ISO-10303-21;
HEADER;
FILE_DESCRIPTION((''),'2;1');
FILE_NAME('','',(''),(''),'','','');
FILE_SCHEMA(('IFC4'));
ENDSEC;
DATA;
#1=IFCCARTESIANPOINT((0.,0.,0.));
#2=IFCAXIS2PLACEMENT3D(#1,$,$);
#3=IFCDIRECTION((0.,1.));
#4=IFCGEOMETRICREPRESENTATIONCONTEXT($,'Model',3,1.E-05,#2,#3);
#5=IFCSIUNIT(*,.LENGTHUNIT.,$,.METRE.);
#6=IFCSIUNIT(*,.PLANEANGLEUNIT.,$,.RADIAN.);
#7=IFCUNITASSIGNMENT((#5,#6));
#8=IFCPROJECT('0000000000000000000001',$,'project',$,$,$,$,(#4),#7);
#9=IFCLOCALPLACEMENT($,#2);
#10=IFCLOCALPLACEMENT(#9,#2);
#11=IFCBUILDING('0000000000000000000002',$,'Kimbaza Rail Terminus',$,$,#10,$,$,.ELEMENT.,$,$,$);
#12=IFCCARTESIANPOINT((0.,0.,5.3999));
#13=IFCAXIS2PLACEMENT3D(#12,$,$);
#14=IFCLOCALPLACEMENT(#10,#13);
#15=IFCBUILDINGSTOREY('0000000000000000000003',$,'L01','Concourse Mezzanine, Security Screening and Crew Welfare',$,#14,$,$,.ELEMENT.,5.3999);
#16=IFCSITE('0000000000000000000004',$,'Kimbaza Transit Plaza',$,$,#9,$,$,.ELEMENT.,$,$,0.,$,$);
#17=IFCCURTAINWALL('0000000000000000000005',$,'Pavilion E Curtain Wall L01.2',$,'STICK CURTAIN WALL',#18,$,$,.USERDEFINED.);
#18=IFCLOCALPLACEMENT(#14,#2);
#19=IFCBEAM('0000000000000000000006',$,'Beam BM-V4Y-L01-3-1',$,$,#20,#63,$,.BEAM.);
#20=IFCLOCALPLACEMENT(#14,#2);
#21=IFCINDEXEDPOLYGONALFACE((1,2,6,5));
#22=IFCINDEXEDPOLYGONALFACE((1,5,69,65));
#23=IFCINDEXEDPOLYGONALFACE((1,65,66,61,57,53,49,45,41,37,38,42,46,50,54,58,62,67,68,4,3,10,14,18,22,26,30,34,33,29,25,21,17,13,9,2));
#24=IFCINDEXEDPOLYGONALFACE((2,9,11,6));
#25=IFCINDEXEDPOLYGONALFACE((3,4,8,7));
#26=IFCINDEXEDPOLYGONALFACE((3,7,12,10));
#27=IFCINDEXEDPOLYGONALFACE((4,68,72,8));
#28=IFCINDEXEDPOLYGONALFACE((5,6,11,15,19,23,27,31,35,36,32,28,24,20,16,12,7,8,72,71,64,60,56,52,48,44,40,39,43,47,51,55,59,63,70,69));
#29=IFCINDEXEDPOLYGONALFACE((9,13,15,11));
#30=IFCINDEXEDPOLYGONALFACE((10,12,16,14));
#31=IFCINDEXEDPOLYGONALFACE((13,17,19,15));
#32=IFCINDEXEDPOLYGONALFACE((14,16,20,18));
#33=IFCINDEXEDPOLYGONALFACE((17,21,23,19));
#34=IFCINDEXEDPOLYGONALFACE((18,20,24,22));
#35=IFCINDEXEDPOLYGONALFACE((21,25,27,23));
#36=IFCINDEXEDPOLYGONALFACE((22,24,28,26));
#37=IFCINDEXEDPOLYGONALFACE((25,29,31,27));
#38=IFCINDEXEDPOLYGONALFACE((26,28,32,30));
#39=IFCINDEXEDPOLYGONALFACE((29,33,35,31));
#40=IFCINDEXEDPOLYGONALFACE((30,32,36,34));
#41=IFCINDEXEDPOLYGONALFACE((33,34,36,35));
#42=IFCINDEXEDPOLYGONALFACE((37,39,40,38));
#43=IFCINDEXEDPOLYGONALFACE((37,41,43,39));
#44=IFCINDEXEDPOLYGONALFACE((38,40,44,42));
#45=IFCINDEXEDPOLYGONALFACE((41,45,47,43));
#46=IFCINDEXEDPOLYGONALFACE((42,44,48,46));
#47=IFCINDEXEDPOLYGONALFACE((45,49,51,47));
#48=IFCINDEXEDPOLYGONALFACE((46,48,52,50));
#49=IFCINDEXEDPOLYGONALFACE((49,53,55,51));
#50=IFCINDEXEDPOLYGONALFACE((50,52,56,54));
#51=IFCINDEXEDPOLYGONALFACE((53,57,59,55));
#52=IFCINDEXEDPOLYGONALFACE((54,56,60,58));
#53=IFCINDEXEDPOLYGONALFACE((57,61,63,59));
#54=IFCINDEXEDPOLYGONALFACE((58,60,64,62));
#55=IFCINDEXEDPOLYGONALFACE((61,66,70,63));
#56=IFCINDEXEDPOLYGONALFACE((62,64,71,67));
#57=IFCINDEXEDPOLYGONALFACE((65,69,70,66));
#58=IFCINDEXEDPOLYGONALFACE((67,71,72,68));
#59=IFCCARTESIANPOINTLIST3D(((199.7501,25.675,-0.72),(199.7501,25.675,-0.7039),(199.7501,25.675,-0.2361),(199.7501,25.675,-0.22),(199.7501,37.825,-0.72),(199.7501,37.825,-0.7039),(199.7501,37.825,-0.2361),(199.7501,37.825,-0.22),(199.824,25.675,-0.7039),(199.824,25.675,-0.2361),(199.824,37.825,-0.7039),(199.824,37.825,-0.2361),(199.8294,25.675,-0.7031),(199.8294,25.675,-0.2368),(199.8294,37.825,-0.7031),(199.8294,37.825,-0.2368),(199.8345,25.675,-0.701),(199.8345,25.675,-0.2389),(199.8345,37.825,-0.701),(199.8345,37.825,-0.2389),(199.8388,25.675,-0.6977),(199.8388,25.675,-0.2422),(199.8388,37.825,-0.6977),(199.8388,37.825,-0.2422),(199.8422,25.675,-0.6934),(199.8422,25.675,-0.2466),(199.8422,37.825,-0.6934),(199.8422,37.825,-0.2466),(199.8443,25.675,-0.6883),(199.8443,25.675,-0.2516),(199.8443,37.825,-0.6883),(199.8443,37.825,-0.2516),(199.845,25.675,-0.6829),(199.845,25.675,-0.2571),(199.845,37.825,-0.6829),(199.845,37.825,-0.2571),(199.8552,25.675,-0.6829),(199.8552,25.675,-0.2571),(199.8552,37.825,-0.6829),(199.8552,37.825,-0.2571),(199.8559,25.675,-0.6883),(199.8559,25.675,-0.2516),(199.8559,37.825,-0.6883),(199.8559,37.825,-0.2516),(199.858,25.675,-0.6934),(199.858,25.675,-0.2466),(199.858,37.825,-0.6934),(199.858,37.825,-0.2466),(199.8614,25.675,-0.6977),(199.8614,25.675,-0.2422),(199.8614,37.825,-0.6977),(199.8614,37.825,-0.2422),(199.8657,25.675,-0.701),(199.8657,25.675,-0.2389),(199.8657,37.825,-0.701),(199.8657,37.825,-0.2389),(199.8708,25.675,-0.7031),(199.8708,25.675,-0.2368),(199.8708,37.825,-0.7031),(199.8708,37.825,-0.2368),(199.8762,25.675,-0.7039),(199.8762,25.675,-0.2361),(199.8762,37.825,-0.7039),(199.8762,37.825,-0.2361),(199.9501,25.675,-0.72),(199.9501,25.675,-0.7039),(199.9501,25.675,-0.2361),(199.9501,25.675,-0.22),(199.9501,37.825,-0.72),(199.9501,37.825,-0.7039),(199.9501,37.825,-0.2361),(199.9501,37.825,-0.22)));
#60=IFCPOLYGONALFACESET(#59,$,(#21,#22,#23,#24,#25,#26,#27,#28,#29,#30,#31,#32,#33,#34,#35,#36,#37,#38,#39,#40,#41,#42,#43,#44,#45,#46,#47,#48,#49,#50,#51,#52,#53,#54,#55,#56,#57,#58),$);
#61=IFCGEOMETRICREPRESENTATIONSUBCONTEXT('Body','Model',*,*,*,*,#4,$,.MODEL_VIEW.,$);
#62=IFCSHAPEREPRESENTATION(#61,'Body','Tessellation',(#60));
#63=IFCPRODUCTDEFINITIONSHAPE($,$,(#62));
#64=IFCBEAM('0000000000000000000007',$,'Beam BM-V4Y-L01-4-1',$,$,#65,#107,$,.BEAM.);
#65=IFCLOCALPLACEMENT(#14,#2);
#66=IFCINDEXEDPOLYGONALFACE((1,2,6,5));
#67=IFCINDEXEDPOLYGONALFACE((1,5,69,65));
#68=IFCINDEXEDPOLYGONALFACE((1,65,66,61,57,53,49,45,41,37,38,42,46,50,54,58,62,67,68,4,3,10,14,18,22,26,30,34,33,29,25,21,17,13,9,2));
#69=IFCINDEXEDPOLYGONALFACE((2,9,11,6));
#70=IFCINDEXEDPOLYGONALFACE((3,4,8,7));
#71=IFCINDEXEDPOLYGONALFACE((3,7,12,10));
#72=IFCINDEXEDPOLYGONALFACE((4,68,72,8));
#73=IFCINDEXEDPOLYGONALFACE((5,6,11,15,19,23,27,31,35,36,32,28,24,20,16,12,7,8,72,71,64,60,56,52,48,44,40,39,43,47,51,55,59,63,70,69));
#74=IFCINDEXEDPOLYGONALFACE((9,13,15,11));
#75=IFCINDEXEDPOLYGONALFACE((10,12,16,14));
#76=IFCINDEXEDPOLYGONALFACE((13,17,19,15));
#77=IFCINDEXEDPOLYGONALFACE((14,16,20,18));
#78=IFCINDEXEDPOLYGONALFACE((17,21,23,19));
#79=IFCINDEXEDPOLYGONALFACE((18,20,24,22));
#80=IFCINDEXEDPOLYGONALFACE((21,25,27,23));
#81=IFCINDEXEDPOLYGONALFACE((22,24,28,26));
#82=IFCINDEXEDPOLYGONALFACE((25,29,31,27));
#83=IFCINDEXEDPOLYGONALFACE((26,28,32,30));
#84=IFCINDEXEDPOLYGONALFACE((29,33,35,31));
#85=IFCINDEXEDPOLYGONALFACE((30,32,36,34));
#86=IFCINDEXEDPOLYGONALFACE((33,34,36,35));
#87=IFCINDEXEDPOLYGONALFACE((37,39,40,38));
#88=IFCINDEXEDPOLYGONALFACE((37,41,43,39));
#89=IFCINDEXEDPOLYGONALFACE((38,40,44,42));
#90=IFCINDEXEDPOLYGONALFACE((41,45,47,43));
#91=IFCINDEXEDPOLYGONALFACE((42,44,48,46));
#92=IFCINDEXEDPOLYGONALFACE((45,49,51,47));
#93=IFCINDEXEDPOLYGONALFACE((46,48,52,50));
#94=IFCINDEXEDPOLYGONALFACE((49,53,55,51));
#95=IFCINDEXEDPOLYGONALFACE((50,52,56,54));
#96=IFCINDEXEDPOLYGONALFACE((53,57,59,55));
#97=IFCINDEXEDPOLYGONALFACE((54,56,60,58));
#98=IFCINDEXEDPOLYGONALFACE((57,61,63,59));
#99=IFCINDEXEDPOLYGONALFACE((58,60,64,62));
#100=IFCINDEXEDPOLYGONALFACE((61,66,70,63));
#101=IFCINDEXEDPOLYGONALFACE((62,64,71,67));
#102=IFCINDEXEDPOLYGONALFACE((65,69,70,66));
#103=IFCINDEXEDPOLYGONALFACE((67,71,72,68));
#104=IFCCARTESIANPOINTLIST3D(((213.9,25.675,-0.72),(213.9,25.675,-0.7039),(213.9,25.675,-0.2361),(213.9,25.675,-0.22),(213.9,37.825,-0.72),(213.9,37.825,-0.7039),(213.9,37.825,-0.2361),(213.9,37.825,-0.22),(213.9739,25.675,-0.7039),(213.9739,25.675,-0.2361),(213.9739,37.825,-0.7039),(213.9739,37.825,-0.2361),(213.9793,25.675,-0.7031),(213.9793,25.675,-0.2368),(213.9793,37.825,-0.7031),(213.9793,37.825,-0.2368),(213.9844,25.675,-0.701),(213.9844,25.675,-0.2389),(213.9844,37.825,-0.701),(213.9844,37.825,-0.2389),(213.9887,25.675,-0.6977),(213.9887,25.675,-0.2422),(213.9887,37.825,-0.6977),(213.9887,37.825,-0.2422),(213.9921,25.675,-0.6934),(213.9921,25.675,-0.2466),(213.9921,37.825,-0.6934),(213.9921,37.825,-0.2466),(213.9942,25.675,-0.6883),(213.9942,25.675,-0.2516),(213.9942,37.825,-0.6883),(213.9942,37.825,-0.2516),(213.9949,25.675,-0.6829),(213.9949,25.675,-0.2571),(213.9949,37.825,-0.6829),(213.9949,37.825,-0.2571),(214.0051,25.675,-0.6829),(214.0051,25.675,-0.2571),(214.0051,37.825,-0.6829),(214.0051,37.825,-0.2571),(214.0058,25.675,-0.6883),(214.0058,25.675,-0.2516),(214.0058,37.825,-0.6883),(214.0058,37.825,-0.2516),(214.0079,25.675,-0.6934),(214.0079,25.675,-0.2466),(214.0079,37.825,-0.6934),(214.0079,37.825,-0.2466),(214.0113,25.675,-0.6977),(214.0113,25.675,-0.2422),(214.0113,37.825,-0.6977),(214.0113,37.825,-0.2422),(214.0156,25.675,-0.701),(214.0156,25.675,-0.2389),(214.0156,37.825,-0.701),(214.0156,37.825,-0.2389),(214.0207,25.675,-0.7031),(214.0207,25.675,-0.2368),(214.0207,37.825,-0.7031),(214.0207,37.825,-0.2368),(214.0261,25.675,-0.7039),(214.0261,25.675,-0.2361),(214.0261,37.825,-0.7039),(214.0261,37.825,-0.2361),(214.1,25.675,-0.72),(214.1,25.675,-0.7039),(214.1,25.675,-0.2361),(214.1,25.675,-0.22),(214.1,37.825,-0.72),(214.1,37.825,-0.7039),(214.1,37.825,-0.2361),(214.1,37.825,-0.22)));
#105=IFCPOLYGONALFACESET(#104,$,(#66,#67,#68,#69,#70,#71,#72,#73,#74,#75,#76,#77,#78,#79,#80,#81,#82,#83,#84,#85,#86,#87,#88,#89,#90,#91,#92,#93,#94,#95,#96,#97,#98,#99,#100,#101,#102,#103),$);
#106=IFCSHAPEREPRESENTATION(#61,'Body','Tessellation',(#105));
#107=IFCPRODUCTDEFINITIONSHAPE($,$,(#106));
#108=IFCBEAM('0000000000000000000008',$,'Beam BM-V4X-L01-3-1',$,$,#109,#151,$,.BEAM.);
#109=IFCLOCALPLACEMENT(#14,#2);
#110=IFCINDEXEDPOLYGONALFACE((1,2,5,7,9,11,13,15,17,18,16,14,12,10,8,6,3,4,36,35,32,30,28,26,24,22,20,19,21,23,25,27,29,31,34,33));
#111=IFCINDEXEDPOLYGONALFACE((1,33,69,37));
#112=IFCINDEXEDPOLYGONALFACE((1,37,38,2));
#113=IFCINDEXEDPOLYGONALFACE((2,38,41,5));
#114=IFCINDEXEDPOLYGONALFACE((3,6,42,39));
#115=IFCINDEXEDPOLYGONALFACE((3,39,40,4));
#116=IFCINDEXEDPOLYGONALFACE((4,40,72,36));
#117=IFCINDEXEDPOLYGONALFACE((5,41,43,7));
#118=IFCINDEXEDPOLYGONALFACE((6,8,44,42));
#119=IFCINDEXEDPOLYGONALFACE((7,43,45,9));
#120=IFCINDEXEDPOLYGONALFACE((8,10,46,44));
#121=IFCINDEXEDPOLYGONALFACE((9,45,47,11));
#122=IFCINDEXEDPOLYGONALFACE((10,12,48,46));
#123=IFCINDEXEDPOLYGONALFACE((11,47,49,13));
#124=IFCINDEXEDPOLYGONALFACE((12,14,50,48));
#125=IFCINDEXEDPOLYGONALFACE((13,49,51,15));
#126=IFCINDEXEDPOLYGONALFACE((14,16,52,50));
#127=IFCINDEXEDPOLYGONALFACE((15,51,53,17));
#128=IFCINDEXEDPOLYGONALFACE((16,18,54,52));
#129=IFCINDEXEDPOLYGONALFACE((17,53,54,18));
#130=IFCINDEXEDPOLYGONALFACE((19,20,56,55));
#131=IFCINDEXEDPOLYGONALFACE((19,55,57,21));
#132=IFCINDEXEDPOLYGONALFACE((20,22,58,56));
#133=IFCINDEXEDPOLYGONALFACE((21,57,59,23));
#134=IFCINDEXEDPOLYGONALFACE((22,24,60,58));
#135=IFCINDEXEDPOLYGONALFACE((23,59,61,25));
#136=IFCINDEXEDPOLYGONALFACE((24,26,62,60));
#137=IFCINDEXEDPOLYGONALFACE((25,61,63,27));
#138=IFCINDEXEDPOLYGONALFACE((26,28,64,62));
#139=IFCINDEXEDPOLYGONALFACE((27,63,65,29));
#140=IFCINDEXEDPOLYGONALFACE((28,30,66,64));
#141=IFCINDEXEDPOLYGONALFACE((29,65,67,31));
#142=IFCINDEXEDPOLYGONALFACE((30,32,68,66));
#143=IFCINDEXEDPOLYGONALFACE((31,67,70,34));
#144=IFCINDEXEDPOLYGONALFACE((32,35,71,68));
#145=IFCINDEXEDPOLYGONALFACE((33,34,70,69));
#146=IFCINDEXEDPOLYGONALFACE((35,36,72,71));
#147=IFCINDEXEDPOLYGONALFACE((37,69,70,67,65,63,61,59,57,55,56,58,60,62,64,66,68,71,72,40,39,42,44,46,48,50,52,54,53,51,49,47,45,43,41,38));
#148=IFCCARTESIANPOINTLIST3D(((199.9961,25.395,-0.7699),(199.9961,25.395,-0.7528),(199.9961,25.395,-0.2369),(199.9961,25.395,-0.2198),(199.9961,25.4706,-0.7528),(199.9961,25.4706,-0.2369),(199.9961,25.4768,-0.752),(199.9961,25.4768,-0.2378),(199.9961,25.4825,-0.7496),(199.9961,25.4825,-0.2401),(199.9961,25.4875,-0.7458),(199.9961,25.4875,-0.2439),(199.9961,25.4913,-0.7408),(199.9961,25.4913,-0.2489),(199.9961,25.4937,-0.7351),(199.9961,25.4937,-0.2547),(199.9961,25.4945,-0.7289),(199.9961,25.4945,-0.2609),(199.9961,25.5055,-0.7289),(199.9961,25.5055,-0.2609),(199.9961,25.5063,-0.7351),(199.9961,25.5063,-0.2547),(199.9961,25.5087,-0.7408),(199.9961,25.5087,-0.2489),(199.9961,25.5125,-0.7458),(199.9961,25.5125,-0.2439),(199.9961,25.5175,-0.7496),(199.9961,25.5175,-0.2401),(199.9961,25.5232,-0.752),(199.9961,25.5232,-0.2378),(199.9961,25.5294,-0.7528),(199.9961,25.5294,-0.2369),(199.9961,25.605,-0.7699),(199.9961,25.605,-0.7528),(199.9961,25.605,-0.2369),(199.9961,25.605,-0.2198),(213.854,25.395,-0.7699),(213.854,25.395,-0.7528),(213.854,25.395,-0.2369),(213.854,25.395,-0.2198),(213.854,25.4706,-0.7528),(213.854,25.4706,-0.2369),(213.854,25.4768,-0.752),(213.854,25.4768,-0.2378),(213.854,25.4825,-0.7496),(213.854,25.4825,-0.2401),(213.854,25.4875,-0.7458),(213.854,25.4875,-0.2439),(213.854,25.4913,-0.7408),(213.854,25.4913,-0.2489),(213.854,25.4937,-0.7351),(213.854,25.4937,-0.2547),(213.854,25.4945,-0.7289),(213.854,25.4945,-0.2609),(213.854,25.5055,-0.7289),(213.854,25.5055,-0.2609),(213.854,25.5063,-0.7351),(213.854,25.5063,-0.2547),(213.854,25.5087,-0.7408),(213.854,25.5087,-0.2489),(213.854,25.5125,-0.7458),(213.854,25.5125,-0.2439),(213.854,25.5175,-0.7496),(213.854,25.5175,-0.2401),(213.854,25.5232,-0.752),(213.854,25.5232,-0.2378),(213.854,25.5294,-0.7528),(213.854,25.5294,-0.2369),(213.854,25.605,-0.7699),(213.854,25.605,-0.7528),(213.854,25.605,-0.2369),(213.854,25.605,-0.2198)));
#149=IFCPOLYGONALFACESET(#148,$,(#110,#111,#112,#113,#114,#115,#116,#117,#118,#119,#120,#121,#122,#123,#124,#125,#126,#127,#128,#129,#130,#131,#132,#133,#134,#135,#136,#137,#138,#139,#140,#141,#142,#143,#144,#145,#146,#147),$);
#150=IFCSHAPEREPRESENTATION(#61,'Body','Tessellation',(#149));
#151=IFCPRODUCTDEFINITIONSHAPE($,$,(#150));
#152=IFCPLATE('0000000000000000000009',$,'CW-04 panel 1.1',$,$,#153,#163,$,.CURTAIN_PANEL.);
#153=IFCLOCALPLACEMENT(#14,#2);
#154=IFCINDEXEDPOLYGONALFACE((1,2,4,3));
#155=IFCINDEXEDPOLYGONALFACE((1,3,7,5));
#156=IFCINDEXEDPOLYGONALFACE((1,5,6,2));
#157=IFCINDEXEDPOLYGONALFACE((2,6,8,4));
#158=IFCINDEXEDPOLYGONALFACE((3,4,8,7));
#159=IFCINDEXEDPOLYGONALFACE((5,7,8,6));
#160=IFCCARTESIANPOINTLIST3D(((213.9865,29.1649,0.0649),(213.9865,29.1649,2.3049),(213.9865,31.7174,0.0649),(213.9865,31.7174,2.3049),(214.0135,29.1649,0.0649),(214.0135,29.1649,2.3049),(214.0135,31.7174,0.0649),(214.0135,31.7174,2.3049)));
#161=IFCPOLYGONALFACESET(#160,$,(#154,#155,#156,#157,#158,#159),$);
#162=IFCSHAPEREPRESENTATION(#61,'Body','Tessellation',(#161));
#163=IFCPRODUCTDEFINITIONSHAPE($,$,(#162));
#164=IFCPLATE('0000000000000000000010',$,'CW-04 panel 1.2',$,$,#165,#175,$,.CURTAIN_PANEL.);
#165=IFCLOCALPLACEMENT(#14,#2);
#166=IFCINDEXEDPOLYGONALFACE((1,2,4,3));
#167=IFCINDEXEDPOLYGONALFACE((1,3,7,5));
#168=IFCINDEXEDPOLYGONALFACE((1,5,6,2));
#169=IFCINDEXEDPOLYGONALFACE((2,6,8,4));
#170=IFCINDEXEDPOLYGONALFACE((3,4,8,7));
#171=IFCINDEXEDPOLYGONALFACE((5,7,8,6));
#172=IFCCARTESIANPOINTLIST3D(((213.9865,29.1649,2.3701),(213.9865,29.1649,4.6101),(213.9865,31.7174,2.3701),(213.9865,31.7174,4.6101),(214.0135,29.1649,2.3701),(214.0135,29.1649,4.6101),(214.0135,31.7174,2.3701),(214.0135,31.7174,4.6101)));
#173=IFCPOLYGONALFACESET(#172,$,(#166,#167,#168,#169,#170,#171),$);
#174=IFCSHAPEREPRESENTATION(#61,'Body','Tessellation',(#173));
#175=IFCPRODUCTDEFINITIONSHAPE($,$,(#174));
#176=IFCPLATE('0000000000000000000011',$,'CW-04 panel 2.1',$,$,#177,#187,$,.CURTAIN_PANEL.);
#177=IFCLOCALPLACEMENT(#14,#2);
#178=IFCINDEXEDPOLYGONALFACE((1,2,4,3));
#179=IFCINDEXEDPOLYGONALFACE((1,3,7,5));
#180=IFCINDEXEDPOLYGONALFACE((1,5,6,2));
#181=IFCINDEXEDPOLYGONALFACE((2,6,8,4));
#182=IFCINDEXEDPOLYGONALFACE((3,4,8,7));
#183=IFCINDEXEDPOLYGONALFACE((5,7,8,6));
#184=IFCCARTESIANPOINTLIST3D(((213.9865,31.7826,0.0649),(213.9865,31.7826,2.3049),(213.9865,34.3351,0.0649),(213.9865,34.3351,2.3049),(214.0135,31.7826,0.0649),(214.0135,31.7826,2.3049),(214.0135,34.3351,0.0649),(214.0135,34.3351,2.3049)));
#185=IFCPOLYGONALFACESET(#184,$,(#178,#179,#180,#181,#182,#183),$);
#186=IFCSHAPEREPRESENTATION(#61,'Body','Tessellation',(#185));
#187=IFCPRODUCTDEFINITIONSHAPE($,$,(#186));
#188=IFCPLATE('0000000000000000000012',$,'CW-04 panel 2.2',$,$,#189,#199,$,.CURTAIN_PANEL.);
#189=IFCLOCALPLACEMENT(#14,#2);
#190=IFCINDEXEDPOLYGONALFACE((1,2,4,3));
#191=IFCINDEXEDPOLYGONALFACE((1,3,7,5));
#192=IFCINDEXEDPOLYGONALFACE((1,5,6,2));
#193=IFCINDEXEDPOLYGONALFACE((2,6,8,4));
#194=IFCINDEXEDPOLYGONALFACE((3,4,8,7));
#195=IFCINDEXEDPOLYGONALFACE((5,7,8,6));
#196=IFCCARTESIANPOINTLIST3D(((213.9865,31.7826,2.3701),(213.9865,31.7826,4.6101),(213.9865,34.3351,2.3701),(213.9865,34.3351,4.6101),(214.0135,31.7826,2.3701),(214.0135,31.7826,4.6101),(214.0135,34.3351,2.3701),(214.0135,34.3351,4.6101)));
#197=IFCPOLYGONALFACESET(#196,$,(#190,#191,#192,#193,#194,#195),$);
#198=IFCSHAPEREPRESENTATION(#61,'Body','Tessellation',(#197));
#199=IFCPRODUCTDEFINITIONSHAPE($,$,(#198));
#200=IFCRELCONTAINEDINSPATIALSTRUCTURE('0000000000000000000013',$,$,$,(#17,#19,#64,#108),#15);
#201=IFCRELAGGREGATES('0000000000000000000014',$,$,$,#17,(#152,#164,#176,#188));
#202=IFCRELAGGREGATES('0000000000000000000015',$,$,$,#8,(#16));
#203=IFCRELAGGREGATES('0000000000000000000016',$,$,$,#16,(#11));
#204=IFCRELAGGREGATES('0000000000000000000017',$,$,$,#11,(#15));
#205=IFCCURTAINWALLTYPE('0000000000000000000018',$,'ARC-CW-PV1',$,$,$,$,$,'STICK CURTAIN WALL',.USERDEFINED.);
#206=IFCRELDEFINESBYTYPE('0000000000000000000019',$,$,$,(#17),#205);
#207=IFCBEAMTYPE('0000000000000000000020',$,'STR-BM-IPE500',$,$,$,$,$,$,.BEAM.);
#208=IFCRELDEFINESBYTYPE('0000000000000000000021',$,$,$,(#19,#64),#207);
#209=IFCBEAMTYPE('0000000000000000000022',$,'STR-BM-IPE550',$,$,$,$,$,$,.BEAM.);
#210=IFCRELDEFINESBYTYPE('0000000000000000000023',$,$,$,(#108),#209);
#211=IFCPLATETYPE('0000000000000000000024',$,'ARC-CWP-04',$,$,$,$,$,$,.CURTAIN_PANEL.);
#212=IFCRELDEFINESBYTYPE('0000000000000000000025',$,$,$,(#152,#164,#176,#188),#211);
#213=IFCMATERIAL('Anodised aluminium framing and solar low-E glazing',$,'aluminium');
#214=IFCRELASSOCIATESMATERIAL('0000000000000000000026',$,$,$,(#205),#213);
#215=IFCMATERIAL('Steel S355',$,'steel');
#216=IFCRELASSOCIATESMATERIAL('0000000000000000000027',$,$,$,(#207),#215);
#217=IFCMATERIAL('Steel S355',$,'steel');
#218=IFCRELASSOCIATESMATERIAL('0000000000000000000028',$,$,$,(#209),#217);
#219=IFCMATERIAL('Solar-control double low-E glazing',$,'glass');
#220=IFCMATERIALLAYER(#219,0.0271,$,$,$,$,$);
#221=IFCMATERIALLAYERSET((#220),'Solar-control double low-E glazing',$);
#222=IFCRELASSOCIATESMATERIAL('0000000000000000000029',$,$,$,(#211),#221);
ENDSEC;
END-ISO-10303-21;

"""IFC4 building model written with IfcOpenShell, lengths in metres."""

from ifc_helpers import new_model, si_unit, direction, frame, origin, origin_2d, place, context, subcontext, project, spatial, rectangle, i_section, extrude, material, layer, layer_set, material_profile, profile_set, type_object, element, aggregate, save


model = new_model("IFC4")

# Units and contexts
model_context = context("Model", 3, precision=1e-05, world=origin(), true_north=direction((0.0, 1.0)))
body_context = subcontext(model_context, "Body", "Model", "MODEL_VIEW")
ifc_project = project(units=[si_unit("LENGTHUNIT", "METRE"), si_unit("PLANEANGLEUNIT", "RADIAN")], contexts=[model_context])

# Site, building, storey
site_placement = place(None, origin())
site = spatial("IfcSite", under=ifc_project, at=site_placement, Name="Kimbaza Transit Plaza", CompositionType="ELEMENT", RefElevation=0.0)
building_placement = place(site_placement, origin())
building = spatial("IfcBuilding", under=site, at=building_placement, Name="Kimbaza Rail Terminus", CompositionType="ELEMENT")
storey_placement = place(building_placement, frame((0.0, 0.0, 5.3999)))
storey = spatial("IfcBuildingStorey", under=building, at=storey_placement, Name="L01", Description="Concourse Mezzanine, Security Screening and Crew Welfare", CompositionType="ELEMENT", Elevation=5.3999)

# Shared definitions
ifc_material_1 = material(Name="Anodised aluminium framing and solar low-E glazing", Category="aluminium")
curtain_wall_type = type_object("IfcCurtainWallType", Name="ARC-CW-PV1", ElementType="STICK CURTAIN WALL", PredefinedType="USERDEFINED", material=ifc_material_1)

# Curtain wall
curtain_wall_1_placement = place(storey_placement, origin())
curtain_wall_1 = element("IfcCurtainWall", 1, at=curtain_wall_1_placement, inside=storey, type_object=curtain_wall_type, Name="Pavilion E Curtain Wall L01.2", ObjectType="STICK CURTAIN WALL", PredefinedType="USERDEFINED")

# Beams
ifc_material_2 = material(Name="Steel S355", Category="steel")
ifc_material_profile_1 = material_profile(ifc_material_2, i_section(OverallWidth=0.2, OverallDepth=0.5, WebThickness=0.0103, FlangeThickness=0.0161, FilletRadius=0.021, at=origin_2d()), Name="IPE 500")
ifc_profile_set_1 = profile_set([ifc_material_profile_1], Name="Steel S355")
beam_type_1 = type_object("IfcBeamType", Name="STR-BM-IPE500", PredefinedType="BEAM", material=ifc_profile_set_1)
for number, where, z_axis, x_axis, name in (
    (2, (199.8501, 25.675, -0.47), (0.0, 1.0, 0.0), (-1.0, 0.0, 0.0), "Beam BM-V4Y-L01-3-1"),
    (3, (214.0, 25.675, -0.47), (0.0, 1.0, 0.0), (-1.0, 0.0, 0.0), "Beam BM-V4Y-L01-4-1"),
):
    element("IfcBeam", number, at=place(storey_placement, frame(where, z_axis=z_axis, x_axis=x_axis)), inside=storey, type_object=beam_type_1, Name=name, PredefinedType="BEAM", context=body_context, shape_type="SweptSolid", body=[
        extrude(i_section(OverallWidth=0.2, OverallDepth=0.5, WebThickness=0.0103, FlangeThickness=0.0161, FilletRadius=0.021, at=origin_2d()), origin(), (0.0, 0.0, 1.0), 12.1499),
    ])
ifc_material_3 = material(Name="Steel S355", Category="steel")
ifc_material_profile_2 = material_profile(ifc_material_3, i_section(OverallWidth=0.21, OverallDepth=0.55, WebThickness=0.011, FlangeThickness=0.0171, FilletRadius=0.0239, at=origin_2d()), Name="IPE 550")
ifc_profile_set_2 = profile_set([ifc_material_profile_2], Name="Steel S355")
beam_type_2 = type_object("IfcBeamType", Name="STR-BM-IPE550", PredefinedType="BEAM", material=ifc_profile_set_2)
beam_placement = place(storey_placement, frame((199.9961, 25.5, -0.4949), z_axis=(1.0, 0.0, 0.0), x_axis=(0.0, 1.0, 0.0)))
element("IfcBeam", 4, at=beam_placement, inside=storey, type_object=beam_type_2, Name="Beam BM-V4X-L01-3-1", PredefinedType="BEAM", context=body_context, shape_type="SweptSolid", body=[
    extrude(i_section(OverallWidth=0.21, OverallDepth=0.55, WebThickness=0.011, FlangeThickness=0.0171, FilletRadius=0.0239, at=origin_2d()), origin(), (0.0, 0.0, 1.0), 13.8579),
])

# Plates
ifc_material_4 = material(Name="Solar-control double low-E glazing", Category="glass")
ifc_layer_1 = layer(ifc_material_4, 0.0271)
ifc_layer_set_1 = layer_set([ifc_layer_1], Name="Solar-control double low-E glazing")
plate_type = type_object("IfcPlateType", Name="ARC-CWP-04", PredefinedType="CURTAIN_PANEL", material=ifc_layer_set_1)
plate_1_placement = place(storey_placement, frame((214.0, 30.4412, 0.0649), z_axis=(0.0, 0.0, 1.0), x_axis=(0.0, 1.0, 0.0)))
plate_1 = element("IfcPlate", 5, at=plate_1_placement, type_object=plate_type, Name="CW-04 panel 1.1", PredefinedType="CURTAIN_PANEL", context=body_context, shape_type="SweptSolid", body=[
    extrude(rectangle(XDim=2.5525, YDim=0.0271, at=origin_2d()), origin(), (0.0, 0.0, 1.0), 2.24),
])
plate_2_placement = place(storey_placement, frame((214.0, 30.4412, 2.3701), z_axis=(0.0, 0.0, 1.0), x_axis=(0.0, 1.0, 0.0)))
plate_2 = element("IfcPlate", 6, at=plate_2_placement, type_object=plate_type, Name="CW-04 panel 1.2", PredefinedType="CURTAIN_PANEL", context=body_context, shape_type="SweptSolid", body=[
    extrude(rectangle(XDim=2.5525, YDim=0.0271, at=origin_2d()), origin(), (0.0, 0.0, 1.0), 2.24),
])
plate_3_placement = place(storey_placement, frame((214.0, 33.0588, 0.0649), z_axis=(0.0, 0.0, 1.0), x_axis=(0.0, 1.0, 0.0)))
plate_3 = element("IfcPlate", 7, at=plate_3_placement, type_object=plate_type, Name="CW-04 panel 2.1", PredefinedType="CURTAIN_PANEL", context=body_context, shape_type="SweptSolid", body=[
    extrude(rectangle(XDim=2.5525, YDim=0.0271, at=origin_2d()), origin(), (0.0, 0.0, 1.0), 2.24),
])
plate_4_placement = place(storey_placement, frame((214.0, 33.0588, 2.3701), z_axis=(0.0, 0.0, 1.0), x_axis=(0.0, 1.0, 0.0)))
plate_4 = element("IfcPlate", 8, at=plate_4_placement, type_object=plate_type, Name="CW-04 panel 2.2", PredefinedType="CURTAIN_PANEL", context=body_context, shape_type="SweptSolid", body=[
    extrude(rectangle(XDim=2.5525, YDim=0.0271, at=origin_2d()), origin(), (0.0, 0.0, 1.0), 2.24),
])
aggregate(curtain_wall_1, [plate_1, plate_2, plate_3, plate_4])

save(model, "model.ifc")
